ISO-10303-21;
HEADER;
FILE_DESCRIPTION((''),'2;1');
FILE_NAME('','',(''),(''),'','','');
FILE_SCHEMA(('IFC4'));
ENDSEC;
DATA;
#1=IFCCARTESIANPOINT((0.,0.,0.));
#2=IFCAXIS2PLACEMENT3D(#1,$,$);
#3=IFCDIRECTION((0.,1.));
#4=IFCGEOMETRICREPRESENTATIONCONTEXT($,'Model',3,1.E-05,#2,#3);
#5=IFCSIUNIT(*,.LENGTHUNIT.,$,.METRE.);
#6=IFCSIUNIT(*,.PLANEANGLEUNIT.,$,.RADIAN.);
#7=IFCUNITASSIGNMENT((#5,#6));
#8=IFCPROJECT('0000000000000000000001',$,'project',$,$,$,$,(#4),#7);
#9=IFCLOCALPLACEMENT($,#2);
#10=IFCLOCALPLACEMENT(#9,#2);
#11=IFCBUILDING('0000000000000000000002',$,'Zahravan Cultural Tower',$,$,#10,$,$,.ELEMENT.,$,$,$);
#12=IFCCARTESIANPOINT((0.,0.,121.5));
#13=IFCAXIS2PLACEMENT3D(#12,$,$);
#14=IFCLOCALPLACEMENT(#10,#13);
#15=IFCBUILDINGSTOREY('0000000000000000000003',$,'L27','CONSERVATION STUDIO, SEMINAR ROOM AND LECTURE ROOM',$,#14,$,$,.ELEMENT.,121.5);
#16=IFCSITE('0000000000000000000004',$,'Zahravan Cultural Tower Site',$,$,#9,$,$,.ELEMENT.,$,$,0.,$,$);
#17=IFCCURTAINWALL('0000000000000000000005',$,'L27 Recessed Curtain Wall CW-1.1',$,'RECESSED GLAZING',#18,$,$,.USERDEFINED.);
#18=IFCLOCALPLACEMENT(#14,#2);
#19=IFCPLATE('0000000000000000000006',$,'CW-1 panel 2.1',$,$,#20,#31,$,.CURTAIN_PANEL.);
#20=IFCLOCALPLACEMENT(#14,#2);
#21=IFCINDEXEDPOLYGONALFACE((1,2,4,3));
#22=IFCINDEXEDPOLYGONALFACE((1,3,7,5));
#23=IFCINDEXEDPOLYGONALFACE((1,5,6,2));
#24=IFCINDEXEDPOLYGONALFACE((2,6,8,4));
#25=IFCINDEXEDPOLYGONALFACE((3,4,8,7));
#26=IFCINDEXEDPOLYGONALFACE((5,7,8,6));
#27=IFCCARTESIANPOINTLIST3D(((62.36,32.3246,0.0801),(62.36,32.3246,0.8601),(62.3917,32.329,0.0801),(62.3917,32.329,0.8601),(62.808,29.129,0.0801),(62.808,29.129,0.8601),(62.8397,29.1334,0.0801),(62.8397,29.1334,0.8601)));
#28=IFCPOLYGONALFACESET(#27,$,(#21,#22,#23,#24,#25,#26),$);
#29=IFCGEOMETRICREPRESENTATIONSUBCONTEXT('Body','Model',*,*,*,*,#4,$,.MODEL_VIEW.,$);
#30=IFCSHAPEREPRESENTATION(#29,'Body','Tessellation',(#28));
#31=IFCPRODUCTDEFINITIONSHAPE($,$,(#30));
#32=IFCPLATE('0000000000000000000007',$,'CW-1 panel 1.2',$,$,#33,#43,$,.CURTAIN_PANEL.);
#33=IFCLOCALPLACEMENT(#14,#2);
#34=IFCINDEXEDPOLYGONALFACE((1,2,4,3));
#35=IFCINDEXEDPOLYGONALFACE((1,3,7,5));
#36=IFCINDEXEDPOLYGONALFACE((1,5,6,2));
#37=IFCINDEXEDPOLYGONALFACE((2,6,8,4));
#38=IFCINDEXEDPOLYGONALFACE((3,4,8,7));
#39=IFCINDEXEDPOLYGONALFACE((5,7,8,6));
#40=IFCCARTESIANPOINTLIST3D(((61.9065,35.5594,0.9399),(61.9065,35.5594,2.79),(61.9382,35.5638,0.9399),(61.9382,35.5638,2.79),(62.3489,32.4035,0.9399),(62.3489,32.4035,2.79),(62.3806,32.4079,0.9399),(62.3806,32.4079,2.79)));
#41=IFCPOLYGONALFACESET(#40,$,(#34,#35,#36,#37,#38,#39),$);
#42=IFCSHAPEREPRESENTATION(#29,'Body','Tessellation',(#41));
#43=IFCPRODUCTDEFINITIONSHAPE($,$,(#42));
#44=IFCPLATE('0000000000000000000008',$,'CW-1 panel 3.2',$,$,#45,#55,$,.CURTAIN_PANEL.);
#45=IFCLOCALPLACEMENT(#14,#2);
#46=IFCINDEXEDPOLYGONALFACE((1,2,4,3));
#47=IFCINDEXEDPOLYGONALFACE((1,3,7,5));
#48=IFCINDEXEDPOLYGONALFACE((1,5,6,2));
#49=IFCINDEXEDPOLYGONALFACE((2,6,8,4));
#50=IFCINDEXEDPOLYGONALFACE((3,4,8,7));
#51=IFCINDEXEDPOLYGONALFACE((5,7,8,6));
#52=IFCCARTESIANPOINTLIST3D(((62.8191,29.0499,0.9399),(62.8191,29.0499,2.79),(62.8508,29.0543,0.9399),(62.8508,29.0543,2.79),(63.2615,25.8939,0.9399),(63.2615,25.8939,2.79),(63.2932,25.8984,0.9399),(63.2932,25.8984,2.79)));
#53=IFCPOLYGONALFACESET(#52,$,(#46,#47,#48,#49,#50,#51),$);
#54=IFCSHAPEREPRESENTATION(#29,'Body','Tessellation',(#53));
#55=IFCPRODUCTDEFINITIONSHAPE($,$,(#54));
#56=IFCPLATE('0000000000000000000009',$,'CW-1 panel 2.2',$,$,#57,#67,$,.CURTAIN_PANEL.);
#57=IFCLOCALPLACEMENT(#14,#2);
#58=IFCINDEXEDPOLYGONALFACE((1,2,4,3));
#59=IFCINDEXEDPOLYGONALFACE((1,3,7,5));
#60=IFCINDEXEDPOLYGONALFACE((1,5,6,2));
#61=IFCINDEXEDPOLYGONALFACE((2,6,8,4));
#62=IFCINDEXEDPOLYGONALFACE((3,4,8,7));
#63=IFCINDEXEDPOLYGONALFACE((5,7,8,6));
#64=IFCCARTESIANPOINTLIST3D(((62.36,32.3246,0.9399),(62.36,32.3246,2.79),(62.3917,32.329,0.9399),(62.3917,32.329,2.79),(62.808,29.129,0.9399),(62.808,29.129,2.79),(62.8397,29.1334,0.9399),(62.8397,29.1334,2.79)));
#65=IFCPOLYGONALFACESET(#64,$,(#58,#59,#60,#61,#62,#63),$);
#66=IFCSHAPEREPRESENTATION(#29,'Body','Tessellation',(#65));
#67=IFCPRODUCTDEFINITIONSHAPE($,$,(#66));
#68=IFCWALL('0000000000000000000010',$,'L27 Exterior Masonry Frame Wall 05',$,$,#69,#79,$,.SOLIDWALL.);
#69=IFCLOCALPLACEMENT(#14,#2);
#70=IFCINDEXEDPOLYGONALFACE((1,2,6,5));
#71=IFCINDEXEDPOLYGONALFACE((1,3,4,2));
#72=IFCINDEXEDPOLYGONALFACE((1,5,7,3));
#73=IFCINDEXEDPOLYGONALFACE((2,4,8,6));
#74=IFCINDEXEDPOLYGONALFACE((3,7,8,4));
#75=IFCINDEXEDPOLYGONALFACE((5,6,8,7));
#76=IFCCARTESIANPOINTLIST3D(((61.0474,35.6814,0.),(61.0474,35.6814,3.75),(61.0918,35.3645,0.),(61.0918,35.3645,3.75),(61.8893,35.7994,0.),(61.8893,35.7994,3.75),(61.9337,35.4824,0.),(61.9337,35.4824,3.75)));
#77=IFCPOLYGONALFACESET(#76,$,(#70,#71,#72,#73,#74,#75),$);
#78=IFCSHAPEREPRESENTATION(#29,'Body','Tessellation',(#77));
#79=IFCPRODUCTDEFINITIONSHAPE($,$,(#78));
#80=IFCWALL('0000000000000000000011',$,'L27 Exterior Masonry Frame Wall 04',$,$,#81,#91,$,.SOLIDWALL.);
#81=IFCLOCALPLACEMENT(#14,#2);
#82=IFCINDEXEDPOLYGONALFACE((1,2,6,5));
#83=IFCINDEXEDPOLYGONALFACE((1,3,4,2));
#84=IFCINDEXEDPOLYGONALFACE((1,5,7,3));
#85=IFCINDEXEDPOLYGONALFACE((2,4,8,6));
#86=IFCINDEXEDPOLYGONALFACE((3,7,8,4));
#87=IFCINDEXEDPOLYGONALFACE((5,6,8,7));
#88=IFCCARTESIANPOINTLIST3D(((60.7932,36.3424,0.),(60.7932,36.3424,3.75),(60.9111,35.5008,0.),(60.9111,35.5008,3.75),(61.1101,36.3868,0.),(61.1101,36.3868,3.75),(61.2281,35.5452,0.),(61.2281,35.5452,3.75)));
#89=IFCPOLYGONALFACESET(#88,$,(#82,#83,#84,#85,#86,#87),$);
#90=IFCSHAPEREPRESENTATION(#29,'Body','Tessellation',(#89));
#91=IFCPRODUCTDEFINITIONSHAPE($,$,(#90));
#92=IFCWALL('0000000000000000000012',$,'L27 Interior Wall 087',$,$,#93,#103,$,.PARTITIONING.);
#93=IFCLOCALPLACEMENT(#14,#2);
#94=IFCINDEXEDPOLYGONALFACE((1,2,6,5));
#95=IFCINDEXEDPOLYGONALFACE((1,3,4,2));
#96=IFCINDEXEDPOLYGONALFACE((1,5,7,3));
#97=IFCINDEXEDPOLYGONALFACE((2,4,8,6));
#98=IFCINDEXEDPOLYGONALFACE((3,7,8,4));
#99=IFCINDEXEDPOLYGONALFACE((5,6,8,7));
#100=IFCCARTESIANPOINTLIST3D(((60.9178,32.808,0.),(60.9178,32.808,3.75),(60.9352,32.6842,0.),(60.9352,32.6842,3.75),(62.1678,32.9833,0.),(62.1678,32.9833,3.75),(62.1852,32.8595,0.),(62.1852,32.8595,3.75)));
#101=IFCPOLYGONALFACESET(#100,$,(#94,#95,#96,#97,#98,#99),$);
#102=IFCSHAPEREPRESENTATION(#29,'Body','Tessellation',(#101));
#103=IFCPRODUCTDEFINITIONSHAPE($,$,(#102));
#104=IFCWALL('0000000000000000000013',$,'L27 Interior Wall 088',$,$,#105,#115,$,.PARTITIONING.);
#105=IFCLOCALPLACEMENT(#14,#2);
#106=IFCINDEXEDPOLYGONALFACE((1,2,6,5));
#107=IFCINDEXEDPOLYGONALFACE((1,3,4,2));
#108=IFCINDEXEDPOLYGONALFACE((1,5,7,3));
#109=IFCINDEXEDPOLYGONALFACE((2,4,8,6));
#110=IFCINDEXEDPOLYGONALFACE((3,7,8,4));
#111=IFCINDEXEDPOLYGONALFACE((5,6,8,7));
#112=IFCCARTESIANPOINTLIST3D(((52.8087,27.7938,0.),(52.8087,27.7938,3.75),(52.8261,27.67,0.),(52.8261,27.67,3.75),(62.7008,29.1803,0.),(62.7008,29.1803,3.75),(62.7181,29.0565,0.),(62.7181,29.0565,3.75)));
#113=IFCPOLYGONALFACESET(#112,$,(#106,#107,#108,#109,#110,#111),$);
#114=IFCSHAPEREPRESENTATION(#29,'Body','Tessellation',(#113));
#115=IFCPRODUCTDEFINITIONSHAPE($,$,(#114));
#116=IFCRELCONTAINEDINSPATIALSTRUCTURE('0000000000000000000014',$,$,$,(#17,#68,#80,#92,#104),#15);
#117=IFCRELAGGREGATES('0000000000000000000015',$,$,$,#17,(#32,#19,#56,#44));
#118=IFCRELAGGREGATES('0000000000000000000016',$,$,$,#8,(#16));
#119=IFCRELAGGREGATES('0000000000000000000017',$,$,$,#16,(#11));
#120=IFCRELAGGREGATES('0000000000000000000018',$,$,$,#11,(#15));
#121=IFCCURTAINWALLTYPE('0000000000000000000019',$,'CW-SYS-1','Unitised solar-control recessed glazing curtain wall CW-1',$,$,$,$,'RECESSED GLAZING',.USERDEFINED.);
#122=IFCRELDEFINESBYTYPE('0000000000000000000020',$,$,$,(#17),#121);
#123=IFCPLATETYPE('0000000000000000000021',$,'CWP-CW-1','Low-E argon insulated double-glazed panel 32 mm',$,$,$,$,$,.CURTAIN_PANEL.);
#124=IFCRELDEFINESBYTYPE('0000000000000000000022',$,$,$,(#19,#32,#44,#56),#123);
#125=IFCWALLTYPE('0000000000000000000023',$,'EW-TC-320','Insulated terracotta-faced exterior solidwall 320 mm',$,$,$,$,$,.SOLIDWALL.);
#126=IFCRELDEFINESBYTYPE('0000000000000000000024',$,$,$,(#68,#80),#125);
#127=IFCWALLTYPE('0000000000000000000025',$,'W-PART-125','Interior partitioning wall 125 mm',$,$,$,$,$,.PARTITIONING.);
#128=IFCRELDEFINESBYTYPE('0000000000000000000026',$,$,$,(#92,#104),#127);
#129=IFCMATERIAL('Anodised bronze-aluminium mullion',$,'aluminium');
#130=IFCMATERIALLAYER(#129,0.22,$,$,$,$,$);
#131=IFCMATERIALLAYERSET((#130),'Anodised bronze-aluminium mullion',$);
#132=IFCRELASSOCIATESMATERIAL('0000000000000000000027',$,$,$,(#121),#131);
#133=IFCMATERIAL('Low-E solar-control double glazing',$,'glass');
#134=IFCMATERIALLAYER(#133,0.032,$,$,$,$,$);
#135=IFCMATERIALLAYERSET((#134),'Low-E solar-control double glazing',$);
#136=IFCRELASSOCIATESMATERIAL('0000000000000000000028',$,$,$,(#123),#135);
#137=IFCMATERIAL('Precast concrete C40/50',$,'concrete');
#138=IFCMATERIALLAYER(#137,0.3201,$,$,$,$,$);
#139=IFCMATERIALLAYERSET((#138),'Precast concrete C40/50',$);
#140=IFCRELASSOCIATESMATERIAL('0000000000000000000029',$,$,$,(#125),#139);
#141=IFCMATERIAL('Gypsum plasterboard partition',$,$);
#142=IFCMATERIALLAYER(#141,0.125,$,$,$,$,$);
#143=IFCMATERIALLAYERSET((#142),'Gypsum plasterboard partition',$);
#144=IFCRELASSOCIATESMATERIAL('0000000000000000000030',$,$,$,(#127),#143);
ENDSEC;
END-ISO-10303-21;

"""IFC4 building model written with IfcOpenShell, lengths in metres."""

from ifc_helpers import new_model, si_unit, direction, frame, frame_2d, origin, origin_2d, place, context, subcontext, project, spatial, rectangle, extrude, source, transform, mapped, material, layer, layer_set, type_object, element, aggregate, save


model = new_model("IFC4")

# Units and contexts
model_context = context("Model", 3, precision=1e-05, world=origin(), true_north=direction((0.0, 1.0)))
body_context = subcontext(model_context, "Body", "Model", "MODEL_VIEW")
ifc_project = project(units=[si_unit("LENGTHUNIT", "METRE"), si_unit("PLANEANGLEUNIT", "RADIAN")], contexts=[model_context])

# Site, building, storey
site_placement = place(None, origin())
site = spatial("IfcSite", under=ifc_project, at=site_placement, Name="Zahravan Cultural Tower Site", CompositionType="ELEMENT", RefElevation=0.0)
building_placement = place(site_placement, origin())
building = spatial("IfcBuilding", under=site, at=building_placement, Name="Zahravan Cultural Tower", CompositionType="ELEMENT")
storey_placement = place(building_placement, frame((0.0, 0.0, 121.5)))
storey = spatial("IfcBuildingStorey", under=building, at=storey_placement, Name="L27", Description="CONSERVATION STUDIO, SEMINAR ROOM AND LECTURE ROOM", CompositionType="ELEMENT", Elevation=121.5)

# Curtain wall, plates
ifc_material_1 = material(Name="Anodised bronze-aluminium mullion", Category="aluminium")
ifc_layer_1 = layer(ifc_material_1, 0.22)
ifc_layer_set_1 = layer_set([ifc_layer_1], Name="Anodised bronze-aluminium mullion")
curtain_wall_type = type_object("IfcCurtainWallType", Name="CW-SYS-1", Description="Unitised solar-control recessed glazing curtain wall CW-1", ElementType="RECESSED GLAZING", PredefinedType="USERDEFINED", material=ifc_layer_set_1)
curtain_wall_placement = place(storey_placement, origin())
curtain_wall = element("IfcCurtainWall", 1, at=curtain_wall_placement, inside=storey, type_object=curtain_wall_type, Name="L27 Recessed Curtain Wall CW-1.1", ObjectType="RECESSED GLAZING", PredefinedType="USERDEFINED")
ifc_material_2 = material(Name="Low-E solar-control double glazing", Category="glass")
ifc_layer_2 = layer(ifc_material_2, 0.032)
ifc_layer_set_2 = layer_set([ifc_layer_2], Name="Low-E solar-control double glazing")
plate_type = type_object("IfcPlateType", Name="CWP-CW-1", Description="Low-E argon insulated double-glazed panel 32 mm", PredefinedType="CURTAIN_PANEL", material=ifc_layer_set_2)
shared_shape_1 = source(origin(), body_context, "Body", "SweptSolid", [
    extrude(rectangle(XDim=3.2268, YDim=0.032, at=origin_2d()), origin(), (0.0, 0.0, 1.0), 0.78),
])
plate_1_placement = place(storey_placement, frame((62.5999, 30.729, 0.0801), z_axis=(0.0, 0.0, 1.0), x_axis=(0.13883, -0.990316, 0.0)))
plate_1 = element("IfcPlate", 2, at=plate_1_placement, type_object=plate_type, Name="CW-1 panel 2.1", PredefinedType="CURTAIN_PANEL", context=body_context, shape_type="MappedRepresentation", body=[
    mapped(shared_shape_1, transform((0.0, 0.0, 0.0), x_axis=(1.0, 0.0, 0.0), y_axis=(0.0, 1.0, 0.0), z_axis=(0.0, 0.0, 1.0), scale=1.0)),
])
shared_shape_2 = source(origin(), body_context, "Body", "SweptSolid", [
    extrude(rectangle(XDim=3.1868, YDim=0.032, at=origin_2d()), origin(), (0.0, 0.0, 1.0), 1.8501),
])
plate_2_placement = place(storey_placement, frame((62.1436, 33.9836, 0.9399), z_axis=(0.0, 0.0, 1.0), x_axis=(0.13883, -0.990316, 0.0)))
plate_2 = element("IfcPlate", 3, at=plate_2_placement, type_object=plate_type, Name="CW-1 panel 1.2", PredefinedType="CURTAIN_PANEL", context=body_context, shape_type="MappedRepresentation", body=[
    mapped(shared_shape_2, transform((0.0, 0.0, 0.0), x_axis=(1.0, 0.0, 0.0), y_axis=(0.0, 1.0, 0.0), z_axis=(0.0, 0.0, 1.0), scale=1.0)),
])
plate_3_placement = place(storey_placement, frame((63.0562, 27.4741, 0.9399), z_axis=(0.0, 0.0, 1.0), x_axis=(0.13883, -0.990316, 0.0)))
plate_3 = element("IfcPlate", 4, at=plate_3_placement, type_object=plate_type, Name="CW-1 panel 3.2", PredefinedType="CURTAIN_PANEL", context=body_context, shape_type="MappedRepresentation", body=[
    mapped(shared_shape_2, transform((0.0, 0.0, 0.0), x_axis=(1.0, 0.0, 0.0), y_axis=(0.0, 1.0, 0.0), z_axis=(0.0, 0.0, 1.0), scale=1.0)),
])
shared_shape_3 = source(origin(), body_context, "Body", "SweptSolid", [
    extrude(rectangle(XDim=3.2268, YDim=0.032, at=origin_2d()), origin(), (0.0, 0.0, 1.0), 1.8501),
])
plate_4_placement = place(storey_placement, frame((62.5999, 30.729, 0.9399), z_axis=(0.0, 0.0, 1.0), x_axis=(0.13883, -0.990316, 0.0)))
plate_4 = element("IfcPlate", 5, at=plate_4_placement, type_object=plate_type, Name="CW-1 panel 2.2", PredefinedType="CURTAIN_PANEL", context=body_context, shape_type="MappedRepresentation", body=[
    mapped(shared_shape_3, transform((0.0, 0.0, 0.0), x_axis=(1.0, 0.0, 0.0), y_axis=(0.0, 1.0, 0.0), z_axis=(0.0, 0.0, 1.0), scale=1.0)),
])
aggregate(curtain_wall, [plate_2, plate_1, plate_4, plate_3])

# Walls
ifc_material_3 = material(Name="Precast concrete C40/50", Category="concrete")
ifc_layer_3 = layer(ifc_material_3, 0.3201)
ifc_layer_set_3 = layer_set([ifc_layer_3], Name="Precast concrete C40/50")
wall_type_1 = type_object("IfcWallType", Name="EW-TC-320", Description="Insulated terracotta-faced exterior solidwall 320 mm", PredefinedType="SOLIDWALL", material=ifc_layer_set_3)
shared_shape_4 = source(origin(), body_context, "Body", "SweptSolid", [
    extrude(rectangle(XDim=0.8501, YDim=0.3201, at=frame_2d((0.425, 0.0))), origin(), (0.0, 0.0, 1.0), 3.75),
])
wall_1_placement = place(storey_placement, frame((61.0696, 35.5229, 0.0), z_axis=(0.0, 0.0, 1.0), x_axis=(0.990331, 0.138727, 0.0)))
element("IfcWall", 6, at=wall_1_placement, inside=storey, type_object=wall_type_1, Name="L27 Exterior Masonry Frame Wall 05", PredefinedType="SOLIDWALL", context=body_context, shape_type="MappedRepresentation", body=[
    mapped(shared_shape_4, transform((0.0, 0.0, 0.0), x_axis=(1.0, 0.0, 0.0), y_axis=(0.0, 1.0, 0.0), z_axis=(0.0, 0.0, 1.0), scale=1.0)),
])
shared_shape_5 = source(origin(), body_context, "Body", "SweptSolid", [
    extrude(rectangle(XDim=0.8499, YDim=0.3201, at=frame_2d((0.4248, 0.0))), origin(), (0.0, 0.0, 1.0), 3.75),
])
wall_2_placement = place(storey_placement, frame((60.9517, 36.3645, 0.0), z_axis=(0.0, 0.0, 1.0), x_axis=(0.138766, -0.990325, 0.0)))
element("IfcWall", 7, at=wall_2_placement, inside=storey, type_object=wall_type_1, Name="L27 Exterior Masonry Frame Wall 04", PredefinedType="SOLIDWALL", context=body_context, shape_type="MappedRepresentation", body=[
    mapped(shared_shape_5, transform((0.0, 0.0, 0.0), x_axis=(1.0, 0.0, 0.0), y_axis=(0.0, 1.0, 0.0), z_axis=(0.0, 0.0, 1.0), scale=1.0)),
])
ifc_material_4 = material(Name="Gypsum plasterboard partition")
ifc_layer_4 = layer(ifc_material_4, 0.125)
ifc_layer_set_4 = layer_set([ifc_layer_4], Name="Gypsum plasterboard partition")
wall_type_2 = type_object("IfcWallType", Name="W-PART-125", Description="Interior partitioning wall 125 mm", PredefinedType="PARTITIONING", material=ifc_layer_set_4)
shared_shape_6 = source(origin(), body_context, "Body", "SweptSolid", [
    extrude(rectangle(XDim=1.2622, YDim=0.125, at=frame_2d((0.6311, 0.0))), origin(), (0.0, 0.0, 1.0), 3.75),
])
wall_3_placement = place(storey_placement, frame((60.9265, 32.7461, 0.0), z_axis=(0.0, 0.0, 1.0), x_axis=(0.99031, 0.138875, 0.0)))
element("IfcWall", 8, at=wall_3_placement, inside=storey, type_object=wall_type_2, Name="L27 Interior Wall 087", PredefinedType="PARTITIONING", context=body_context, shape_type="MappedRepresentation", body=[
    mapped(shared_shape_6, transform((0.0, 0.0, 0.0), x_axis=(1.0, 0.0, 0.0), y_axis=(0.0, 1.0, 0.0), z_axis=(0.0, 0.0, 1.0), scale=1.0)),
])
shared_shape_7 = source(origin(), body_context, "Body", "SweptSolid", [
    extrude(rectangle(XDim=9.9888, YDim=0.125, at=frame_2d((4.9944, 0.0))), origin(), (0.0, 0.0, 1.0), 3.75),
])
wall_4_placement = place(storey_placement, frame((62.7095, 29.1184, 0.0), z_axis=(0.0, 0.0, 1.0), x_axis=(-0.99032, -0.138803, 0.0)))
element("IfcWall", 9, at=wall_4_placement, inside=storey, type_object=wall_type_2, Name="L27 Interior Wall 088", PredefinedType="PARTITIONING", context=body_context, shape_type="MappedRepresentation", body=[
    mapped(shared_shape_7, transform((0.0, 0.0, 0.0), x_axis=(1.0, 0.0, 0.0), y_axis=(0.0, 1.0, 0.0), z_axis=(0.0, 0.0, 1.0), scale=1.0)),
])

save(model, "model.ifc")
